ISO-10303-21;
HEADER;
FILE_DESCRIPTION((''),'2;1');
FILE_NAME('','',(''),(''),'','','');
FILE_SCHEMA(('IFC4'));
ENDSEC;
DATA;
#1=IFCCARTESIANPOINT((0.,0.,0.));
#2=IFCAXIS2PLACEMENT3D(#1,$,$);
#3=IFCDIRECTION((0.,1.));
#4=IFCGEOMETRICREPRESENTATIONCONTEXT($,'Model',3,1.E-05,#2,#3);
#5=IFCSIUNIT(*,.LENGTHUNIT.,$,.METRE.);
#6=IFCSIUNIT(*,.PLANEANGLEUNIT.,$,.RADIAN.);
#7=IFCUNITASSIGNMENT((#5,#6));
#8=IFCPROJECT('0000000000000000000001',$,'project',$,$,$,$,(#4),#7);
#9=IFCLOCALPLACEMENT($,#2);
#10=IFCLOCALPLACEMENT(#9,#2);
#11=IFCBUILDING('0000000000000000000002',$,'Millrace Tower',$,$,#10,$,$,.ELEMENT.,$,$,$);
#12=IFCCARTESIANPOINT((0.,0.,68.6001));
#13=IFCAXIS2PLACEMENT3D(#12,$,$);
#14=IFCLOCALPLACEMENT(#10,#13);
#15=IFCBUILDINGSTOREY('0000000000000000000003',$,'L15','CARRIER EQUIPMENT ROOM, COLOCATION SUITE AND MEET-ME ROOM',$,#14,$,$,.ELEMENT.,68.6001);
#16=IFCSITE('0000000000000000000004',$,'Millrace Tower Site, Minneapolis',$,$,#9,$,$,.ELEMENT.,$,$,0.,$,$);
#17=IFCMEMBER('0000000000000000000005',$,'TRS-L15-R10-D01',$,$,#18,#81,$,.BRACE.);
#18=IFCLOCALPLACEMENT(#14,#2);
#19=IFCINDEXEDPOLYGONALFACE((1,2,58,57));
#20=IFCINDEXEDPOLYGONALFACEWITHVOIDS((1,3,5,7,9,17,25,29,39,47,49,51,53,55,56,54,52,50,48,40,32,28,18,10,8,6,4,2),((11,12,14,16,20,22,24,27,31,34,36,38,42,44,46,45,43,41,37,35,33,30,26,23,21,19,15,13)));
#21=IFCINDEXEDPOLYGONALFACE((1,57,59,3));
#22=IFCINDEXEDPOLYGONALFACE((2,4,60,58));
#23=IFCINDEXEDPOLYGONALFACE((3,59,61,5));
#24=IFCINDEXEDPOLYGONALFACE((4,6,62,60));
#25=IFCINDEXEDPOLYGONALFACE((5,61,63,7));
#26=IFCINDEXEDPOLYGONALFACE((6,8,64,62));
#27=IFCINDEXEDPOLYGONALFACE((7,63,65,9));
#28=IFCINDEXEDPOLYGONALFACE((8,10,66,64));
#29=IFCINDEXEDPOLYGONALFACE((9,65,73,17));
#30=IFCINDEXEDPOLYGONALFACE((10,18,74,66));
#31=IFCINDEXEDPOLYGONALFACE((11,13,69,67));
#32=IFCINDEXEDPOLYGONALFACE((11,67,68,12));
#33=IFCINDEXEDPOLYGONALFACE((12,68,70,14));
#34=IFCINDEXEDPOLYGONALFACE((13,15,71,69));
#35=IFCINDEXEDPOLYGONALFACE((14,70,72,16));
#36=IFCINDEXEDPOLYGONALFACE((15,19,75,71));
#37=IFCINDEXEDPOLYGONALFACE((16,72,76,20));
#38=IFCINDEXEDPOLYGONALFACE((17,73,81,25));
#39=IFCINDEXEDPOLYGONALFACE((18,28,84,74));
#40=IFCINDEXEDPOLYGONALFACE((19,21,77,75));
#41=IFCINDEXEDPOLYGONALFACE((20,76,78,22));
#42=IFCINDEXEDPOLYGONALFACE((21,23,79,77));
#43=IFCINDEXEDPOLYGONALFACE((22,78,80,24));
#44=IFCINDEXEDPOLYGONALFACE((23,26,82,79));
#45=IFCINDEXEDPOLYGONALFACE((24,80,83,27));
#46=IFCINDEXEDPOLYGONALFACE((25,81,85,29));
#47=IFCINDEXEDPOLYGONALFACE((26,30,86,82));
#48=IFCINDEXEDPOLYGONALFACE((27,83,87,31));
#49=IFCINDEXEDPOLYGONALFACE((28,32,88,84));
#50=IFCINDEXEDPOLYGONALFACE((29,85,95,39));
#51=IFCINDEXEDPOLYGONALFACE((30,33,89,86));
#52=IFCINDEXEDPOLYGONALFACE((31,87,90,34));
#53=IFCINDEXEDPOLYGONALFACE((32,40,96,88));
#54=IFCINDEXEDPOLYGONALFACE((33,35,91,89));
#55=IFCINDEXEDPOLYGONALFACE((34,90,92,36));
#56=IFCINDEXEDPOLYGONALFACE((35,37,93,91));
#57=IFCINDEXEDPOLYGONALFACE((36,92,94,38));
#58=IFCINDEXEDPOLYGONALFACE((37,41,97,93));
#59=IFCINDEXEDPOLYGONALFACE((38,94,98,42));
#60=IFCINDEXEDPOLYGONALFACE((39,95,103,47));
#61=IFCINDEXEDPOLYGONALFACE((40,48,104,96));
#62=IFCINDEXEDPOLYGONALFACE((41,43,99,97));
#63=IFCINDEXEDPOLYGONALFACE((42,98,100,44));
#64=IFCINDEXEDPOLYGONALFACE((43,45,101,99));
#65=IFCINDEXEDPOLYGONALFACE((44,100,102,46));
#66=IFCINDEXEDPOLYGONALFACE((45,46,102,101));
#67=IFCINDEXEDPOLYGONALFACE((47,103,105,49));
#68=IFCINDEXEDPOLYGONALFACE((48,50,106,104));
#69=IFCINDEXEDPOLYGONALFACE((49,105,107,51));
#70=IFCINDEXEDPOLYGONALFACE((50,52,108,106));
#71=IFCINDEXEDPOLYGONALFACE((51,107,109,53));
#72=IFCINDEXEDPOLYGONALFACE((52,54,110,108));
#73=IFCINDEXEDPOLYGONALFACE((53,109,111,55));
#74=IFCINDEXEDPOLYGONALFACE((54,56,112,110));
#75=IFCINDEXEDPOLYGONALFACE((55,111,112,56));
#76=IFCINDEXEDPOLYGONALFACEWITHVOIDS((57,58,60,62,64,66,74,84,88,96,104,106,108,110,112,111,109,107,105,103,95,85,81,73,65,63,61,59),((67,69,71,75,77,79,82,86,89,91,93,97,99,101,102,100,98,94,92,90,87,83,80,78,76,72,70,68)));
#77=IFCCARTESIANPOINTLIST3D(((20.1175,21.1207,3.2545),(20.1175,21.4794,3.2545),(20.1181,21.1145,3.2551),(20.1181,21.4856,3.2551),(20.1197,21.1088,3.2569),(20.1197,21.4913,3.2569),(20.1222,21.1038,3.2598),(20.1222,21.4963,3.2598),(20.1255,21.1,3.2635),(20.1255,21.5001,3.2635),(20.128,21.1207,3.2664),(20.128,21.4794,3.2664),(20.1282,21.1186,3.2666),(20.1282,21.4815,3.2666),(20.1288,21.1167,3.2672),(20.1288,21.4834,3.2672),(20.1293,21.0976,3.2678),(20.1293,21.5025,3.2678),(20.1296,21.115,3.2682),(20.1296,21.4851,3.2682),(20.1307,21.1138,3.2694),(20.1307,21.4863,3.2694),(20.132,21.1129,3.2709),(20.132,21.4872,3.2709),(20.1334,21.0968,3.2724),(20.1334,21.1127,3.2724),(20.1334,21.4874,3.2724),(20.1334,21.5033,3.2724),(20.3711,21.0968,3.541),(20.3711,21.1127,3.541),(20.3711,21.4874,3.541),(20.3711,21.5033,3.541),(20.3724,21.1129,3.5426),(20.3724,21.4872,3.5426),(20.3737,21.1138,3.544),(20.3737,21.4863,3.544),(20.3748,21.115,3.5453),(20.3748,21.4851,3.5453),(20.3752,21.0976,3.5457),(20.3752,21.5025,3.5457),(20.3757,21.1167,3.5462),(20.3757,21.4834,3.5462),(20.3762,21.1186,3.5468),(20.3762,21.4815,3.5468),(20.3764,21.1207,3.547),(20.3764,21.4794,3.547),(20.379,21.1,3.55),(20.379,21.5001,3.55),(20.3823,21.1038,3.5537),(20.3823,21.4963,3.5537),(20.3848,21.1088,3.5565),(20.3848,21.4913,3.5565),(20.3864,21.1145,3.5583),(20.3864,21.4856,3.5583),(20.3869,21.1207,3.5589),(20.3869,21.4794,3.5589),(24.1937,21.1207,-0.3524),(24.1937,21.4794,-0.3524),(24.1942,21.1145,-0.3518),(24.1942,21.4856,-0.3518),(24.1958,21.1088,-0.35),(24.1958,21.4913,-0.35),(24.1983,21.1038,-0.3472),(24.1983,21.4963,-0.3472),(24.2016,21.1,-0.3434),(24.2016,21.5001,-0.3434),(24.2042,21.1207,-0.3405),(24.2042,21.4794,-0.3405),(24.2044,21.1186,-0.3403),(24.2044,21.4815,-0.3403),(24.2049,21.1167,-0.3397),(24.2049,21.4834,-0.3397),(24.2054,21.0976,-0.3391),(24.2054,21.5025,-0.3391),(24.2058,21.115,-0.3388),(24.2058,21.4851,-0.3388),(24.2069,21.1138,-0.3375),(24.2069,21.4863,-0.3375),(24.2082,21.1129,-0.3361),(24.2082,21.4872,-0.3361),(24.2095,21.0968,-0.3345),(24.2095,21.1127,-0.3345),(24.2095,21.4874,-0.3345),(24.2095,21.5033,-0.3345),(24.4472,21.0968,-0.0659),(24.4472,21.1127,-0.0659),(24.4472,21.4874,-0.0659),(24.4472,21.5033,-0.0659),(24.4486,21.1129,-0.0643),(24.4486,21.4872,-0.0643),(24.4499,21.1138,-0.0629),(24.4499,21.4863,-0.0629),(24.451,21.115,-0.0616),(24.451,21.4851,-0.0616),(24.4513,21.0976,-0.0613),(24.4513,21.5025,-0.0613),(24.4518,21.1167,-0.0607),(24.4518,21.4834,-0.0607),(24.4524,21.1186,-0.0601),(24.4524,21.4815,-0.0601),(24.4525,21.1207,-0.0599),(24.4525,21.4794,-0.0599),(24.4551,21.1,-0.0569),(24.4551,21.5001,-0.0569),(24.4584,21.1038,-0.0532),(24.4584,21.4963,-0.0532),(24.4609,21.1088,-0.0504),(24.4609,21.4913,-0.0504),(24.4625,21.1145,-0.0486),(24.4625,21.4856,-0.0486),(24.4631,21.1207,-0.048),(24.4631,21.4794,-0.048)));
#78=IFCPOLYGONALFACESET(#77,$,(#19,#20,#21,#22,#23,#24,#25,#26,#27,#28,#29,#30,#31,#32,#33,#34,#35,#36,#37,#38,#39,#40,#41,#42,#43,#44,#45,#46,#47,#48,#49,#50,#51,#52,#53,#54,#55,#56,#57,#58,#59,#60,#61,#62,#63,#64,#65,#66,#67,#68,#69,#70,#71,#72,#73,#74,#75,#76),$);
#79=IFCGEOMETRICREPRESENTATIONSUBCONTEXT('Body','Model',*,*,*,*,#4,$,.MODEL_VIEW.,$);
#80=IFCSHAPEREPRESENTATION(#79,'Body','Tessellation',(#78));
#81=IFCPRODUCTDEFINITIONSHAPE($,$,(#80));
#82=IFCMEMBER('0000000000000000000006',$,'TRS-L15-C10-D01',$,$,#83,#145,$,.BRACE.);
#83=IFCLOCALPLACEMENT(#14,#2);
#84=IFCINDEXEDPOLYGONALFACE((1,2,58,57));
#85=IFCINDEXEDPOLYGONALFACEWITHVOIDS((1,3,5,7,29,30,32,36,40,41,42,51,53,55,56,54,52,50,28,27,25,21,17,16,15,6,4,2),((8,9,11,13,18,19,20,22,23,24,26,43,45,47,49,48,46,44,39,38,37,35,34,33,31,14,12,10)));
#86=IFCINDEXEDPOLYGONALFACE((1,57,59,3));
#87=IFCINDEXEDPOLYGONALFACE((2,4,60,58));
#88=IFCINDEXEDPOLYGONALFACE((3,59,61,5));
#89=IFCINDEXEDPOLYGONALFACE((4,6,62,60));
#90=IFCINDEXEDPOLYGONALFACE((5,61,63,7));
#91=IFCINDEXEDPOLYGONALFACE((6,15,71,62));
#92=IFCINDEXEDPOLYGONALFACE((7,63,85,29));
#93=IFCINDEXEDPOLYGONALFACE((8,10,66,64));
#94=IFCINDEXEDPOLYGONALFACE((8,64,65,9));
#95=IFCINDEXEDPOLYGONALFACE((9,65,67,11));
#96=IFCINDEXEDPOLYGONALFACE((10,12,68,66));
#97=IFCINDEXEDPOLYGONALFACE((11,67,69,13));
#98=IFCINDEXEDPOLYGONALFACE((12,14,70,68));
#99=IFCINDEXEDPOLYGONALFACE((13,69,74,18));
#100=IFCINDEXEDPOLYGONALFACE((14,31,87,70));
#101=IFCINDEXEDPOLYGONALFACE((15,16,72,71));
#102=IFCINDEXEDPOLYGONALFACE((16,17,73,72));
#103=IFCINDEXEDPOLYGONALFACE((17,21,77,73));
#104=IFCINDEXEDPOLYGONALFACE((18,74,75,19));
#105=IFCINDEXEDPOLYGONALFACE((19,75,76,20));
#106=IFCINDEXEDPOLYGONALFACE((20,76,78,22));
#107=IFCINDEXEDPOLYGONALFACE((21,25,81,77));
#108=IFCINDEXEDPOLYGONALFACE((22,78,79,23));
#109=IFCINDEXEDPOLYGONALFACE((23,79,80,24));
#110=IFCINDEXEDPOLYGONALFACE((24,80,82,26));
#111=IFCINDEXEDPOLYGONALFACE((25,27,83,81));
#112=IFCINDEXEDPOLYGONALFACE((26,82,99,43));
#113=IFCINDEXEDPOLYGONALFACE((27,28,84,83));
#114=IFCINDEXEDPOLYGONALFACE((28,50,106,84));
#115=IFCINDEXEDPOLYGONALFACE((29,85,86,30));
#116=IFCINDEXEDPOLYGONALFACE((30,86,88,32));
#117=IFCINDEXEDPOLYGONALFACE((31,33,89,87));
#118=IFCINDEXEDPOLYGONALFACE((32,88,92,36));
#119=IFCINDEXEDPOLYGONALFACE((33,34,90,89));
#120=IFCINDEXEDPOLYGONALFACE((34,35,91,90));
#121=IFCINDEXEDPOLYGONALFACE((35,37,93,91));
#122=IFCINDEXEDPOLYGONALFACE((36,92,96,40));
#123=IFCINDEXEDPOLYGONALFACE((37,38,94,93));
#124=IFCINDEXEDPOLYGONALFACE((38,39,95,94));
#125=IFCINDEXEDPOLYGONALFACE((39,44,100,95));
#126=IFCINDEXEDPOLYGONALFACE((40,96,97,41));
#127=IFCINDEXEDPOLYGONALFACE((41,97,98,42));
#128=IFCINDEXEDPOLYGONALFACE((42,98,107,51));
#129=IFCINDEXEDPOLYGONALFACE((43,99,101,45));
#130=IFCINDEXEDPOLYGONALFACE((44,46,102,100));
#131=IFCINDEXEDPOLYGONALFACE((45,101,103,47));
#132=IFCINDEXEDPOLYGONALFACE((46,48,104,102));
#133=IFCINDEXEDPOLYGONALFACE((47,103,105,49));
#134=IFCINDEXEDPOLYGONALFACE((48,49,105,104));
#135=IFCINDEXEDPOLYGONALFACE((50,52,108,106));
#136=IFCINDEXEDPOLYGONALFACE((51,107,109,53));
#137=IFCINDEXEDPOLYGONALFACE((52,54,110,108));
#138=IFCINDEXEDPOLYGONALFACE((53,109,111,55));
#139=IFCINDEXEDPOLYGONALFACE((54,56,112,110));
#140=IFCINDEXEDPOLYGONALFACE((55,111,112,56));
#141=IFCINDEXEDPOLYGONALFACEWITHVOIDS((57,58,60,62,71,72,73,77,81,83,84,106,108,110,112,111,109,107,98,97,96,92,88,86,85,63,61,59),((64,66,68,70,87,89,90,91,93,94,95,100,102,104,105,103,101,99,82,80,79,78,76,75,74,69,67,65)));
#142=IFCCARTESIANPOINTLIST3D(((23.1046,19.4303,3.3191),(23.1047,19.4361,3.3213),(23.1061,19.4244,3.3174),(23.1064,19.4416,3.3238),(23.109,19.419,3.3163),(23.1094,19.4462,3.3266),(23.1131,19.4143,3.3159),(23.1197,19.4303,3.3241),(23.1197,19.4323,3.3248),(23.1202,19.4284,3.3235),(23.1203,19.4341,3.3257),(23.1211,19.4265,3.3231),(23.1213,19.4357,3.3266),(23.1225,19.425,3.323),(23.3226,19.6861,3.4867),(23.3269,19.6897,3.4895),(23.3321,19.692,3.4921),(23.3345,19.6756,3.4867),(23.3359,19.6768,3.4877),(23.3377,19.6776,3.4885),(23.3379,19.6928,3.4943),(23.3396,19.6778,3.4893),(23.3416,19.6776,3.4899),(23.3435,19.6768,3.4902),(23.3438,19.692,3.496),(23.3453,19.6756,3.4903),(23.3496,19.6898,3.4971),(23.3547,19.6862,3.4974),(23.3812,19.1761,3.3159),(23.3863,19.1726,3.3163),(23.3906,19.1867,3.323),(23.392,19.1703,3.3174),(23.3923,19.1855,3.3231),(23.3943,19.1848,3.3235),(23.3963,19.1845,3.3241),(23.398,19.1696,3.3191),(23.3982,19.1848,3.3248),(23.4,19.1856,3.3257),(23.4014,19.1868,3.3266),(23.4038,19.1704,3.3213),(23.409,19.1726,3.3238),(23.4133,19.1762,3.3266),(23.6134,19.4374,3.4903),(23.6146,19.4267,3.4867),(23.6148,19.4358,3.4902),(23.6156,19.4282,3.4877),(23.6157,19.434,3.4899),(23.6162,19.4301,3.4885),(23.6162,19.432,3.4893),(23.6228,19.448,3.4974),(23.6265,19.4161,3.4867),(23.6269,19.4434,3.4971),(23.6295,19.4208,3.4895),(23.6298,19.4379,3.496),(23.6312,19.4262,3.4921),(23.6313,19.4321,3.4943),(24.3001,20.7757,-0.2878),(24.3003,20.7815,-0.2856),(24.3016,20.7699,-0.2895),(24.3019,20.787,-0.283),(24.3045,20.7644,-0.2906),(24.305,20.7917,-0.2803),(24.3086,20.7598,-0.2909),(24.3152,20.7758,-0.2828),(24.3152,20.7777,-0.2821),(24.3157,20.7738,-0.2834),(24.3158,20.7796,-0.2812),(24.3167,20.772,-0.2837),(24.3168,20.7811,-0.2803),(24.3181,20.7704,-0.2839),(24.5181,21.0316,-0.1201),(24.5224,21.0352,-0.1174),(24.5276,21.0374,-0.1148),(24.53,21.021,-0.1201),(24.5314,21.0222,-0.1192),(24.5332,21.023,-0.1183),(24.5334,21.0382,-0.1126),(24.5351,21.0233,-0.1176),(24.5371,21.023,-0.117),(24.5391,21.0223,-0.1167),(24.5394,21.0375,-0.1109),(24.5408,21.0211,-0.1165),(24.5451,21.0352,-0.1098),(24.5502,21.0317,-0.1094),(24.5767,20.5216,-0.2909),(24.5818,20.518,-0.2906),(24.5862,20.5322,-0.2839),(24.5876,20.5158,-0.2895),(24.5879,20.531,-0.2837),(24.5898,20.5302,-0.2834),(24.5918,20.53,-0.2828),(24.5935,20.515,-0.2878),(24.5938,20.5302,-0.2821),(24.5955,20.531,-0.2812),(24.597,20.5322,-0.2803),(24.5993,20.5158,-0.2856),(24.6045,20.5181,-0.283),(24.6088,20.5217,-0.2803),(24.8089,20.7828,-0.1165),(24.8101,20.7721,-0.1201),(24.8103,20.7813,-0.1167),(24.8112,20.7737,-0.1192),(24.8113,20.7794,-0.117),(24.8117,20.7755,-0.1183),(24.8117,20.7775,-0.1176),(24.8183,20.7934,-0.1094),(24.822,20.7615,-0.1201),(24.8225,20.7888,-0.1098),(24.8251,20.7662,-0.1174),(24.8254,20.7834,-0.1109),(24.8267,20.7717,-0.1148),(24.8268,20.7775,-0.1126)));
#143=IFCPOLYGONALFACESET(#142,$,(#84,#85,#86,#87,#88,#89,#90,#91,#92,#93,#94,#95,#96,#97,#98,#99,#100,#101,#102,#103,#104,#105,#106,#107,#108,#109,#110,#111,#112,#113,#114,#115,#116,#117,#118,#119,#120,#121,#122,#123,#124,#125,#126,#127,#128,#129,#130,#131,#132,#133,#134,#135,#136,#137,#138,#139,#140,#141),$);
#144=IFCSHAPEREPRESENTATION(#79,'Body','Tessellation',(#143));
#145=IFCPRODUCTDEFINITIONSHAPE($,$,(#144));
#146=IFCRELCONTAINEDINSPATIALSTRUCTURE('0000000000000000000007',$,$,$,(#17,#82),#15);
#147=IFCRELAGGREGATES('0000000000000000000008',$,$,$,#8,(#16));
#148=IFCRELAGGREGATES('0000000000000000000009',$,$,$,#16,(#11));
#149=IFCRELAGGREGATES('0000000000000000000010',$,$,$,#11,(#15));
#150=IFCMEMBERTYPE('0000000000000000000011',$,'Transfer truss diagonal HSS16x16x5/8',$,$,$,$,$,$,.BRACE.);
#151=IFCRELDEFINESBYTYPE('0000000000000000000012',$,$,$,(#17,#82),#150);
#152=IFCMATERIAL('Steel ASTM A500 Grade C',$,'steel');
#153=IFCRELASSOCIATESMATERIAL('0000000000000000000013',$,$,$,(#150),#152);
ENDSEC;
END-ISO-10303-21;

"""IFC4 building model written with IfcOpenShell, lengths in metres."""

from ifc_helpers import new_model, si_unit, direction, frame, origin, origin_2d, place, context, subcontext, project, spatial, hollow_rectangle, extrude, material, material_profile, profile_set, type_object, element, save


model = new_model("IFC4")

# Units and contexts
model_context = context("Model", 3, precision=1e-05, world=origin(), true_north=direction((0.0, 1.0)))
body_context = subcontext(model_context, "Body", "Model", "MODEL_VIEW")
ifc_project = project(units=[si_unit("LENGTHUNIT", "METRE"), si_unit("PLANEANGLEUNIT", "RADIAN")], contexts=[model_context])

# Site, building, storey
site_placement = place(None, origin())
site = spatial("IfcSite", under=ifc_project, at=site_placement, Name="Millrace Tower Site, Minneapolis", CompositionType="ELEMENT", RefElevation=0.0)
building_placement = place(site_placement, origin())
building = spatial("IfcBuilding", under=site, at=building_placement, Name="Millrace Tower", CompositionType="ELEMENT")
storey_placement = place(building_placement, frame((0.0, 0.0, 68.6001)))
storey = spatial("IfcBuildingStorey", under=building, at=storey_placement, Name="L15", Description="CARRIER EQUIPMENT ROOM, COLOCATION SUITE AND MEET-ME ROOM", CompositionType="ELEMENT", Elevation=68.6001)

# Members
ifc_material_1 = material(Name="Steel ASTM A500 Grade C", Category="steel")
ifc_material_profile_1 = material_profile(ifc_material_1, hollow_rectangle(XDim=0.4065, YDim=0.4065, WallThickness=0.0159, InnerFilletRadius=0.0081, OuterFilletRadius=0.0239, at=origin_2d()))
ifc_profile_set_1 = profile_set([ifc_material_profile_1], Name="Steel ASTM A500 Grade C")
member_type_1 = type_object("IfcMemberType", Name="Transfer truss diagonal HSS16x16x5/8", PredefinedType="BRACE", material=ifc_profile_set_1)
member_1_placement = place(storey_placement, frame((24.3284, 21.3, -0.2002), z_axis=(-0.748897, 0.0, 0.662686), x_axis=(0.0, -1.0, 0.0)))
element("IfcMember", 1, at=member_1_placement, inside=storey, type_object=member_type_1, Name="TRS-L15-R10-D01", PredefinedType="BRACE", context=body_context, shape_type="SweptSolid", body=[
    extrude(hollow_rectangle(XDim=0.4065, YDim=0.4065, WallThickness=0.0159, InnerFilletRadius=0.0081, OuterFilletRadius=0.0239, at=origin_2d()), origin(), (0.0, 0.0, 1.0), 5.4429),
])
member_2_placement = place(storey_placement, frame((24.5635, 20.7766, -0.2002), z_axis=(-0.296585, -0.333772, 0.894782), x_axis=(0.747522, -0.664238, 0.0)))
element("IfcMember", 2, at=member_2_placement, inside=storey, type_object=member_type_1, Name="TRS-L15-C10-D01", PredefinedType="BRACE", context=body_context, shape_type="SweptSolid", body=[
    extrude(hollow_rectangle(XDim=0.4065, YDim=0.4065, WallThickness=0.0159, InnerFilletRadius=0.0081, OuterFilletRadius=0.0239, at=origin_2d()), origin(), (0.0, 0.0, 1.0), 4.031),
])

save(model, "model.ifc")
